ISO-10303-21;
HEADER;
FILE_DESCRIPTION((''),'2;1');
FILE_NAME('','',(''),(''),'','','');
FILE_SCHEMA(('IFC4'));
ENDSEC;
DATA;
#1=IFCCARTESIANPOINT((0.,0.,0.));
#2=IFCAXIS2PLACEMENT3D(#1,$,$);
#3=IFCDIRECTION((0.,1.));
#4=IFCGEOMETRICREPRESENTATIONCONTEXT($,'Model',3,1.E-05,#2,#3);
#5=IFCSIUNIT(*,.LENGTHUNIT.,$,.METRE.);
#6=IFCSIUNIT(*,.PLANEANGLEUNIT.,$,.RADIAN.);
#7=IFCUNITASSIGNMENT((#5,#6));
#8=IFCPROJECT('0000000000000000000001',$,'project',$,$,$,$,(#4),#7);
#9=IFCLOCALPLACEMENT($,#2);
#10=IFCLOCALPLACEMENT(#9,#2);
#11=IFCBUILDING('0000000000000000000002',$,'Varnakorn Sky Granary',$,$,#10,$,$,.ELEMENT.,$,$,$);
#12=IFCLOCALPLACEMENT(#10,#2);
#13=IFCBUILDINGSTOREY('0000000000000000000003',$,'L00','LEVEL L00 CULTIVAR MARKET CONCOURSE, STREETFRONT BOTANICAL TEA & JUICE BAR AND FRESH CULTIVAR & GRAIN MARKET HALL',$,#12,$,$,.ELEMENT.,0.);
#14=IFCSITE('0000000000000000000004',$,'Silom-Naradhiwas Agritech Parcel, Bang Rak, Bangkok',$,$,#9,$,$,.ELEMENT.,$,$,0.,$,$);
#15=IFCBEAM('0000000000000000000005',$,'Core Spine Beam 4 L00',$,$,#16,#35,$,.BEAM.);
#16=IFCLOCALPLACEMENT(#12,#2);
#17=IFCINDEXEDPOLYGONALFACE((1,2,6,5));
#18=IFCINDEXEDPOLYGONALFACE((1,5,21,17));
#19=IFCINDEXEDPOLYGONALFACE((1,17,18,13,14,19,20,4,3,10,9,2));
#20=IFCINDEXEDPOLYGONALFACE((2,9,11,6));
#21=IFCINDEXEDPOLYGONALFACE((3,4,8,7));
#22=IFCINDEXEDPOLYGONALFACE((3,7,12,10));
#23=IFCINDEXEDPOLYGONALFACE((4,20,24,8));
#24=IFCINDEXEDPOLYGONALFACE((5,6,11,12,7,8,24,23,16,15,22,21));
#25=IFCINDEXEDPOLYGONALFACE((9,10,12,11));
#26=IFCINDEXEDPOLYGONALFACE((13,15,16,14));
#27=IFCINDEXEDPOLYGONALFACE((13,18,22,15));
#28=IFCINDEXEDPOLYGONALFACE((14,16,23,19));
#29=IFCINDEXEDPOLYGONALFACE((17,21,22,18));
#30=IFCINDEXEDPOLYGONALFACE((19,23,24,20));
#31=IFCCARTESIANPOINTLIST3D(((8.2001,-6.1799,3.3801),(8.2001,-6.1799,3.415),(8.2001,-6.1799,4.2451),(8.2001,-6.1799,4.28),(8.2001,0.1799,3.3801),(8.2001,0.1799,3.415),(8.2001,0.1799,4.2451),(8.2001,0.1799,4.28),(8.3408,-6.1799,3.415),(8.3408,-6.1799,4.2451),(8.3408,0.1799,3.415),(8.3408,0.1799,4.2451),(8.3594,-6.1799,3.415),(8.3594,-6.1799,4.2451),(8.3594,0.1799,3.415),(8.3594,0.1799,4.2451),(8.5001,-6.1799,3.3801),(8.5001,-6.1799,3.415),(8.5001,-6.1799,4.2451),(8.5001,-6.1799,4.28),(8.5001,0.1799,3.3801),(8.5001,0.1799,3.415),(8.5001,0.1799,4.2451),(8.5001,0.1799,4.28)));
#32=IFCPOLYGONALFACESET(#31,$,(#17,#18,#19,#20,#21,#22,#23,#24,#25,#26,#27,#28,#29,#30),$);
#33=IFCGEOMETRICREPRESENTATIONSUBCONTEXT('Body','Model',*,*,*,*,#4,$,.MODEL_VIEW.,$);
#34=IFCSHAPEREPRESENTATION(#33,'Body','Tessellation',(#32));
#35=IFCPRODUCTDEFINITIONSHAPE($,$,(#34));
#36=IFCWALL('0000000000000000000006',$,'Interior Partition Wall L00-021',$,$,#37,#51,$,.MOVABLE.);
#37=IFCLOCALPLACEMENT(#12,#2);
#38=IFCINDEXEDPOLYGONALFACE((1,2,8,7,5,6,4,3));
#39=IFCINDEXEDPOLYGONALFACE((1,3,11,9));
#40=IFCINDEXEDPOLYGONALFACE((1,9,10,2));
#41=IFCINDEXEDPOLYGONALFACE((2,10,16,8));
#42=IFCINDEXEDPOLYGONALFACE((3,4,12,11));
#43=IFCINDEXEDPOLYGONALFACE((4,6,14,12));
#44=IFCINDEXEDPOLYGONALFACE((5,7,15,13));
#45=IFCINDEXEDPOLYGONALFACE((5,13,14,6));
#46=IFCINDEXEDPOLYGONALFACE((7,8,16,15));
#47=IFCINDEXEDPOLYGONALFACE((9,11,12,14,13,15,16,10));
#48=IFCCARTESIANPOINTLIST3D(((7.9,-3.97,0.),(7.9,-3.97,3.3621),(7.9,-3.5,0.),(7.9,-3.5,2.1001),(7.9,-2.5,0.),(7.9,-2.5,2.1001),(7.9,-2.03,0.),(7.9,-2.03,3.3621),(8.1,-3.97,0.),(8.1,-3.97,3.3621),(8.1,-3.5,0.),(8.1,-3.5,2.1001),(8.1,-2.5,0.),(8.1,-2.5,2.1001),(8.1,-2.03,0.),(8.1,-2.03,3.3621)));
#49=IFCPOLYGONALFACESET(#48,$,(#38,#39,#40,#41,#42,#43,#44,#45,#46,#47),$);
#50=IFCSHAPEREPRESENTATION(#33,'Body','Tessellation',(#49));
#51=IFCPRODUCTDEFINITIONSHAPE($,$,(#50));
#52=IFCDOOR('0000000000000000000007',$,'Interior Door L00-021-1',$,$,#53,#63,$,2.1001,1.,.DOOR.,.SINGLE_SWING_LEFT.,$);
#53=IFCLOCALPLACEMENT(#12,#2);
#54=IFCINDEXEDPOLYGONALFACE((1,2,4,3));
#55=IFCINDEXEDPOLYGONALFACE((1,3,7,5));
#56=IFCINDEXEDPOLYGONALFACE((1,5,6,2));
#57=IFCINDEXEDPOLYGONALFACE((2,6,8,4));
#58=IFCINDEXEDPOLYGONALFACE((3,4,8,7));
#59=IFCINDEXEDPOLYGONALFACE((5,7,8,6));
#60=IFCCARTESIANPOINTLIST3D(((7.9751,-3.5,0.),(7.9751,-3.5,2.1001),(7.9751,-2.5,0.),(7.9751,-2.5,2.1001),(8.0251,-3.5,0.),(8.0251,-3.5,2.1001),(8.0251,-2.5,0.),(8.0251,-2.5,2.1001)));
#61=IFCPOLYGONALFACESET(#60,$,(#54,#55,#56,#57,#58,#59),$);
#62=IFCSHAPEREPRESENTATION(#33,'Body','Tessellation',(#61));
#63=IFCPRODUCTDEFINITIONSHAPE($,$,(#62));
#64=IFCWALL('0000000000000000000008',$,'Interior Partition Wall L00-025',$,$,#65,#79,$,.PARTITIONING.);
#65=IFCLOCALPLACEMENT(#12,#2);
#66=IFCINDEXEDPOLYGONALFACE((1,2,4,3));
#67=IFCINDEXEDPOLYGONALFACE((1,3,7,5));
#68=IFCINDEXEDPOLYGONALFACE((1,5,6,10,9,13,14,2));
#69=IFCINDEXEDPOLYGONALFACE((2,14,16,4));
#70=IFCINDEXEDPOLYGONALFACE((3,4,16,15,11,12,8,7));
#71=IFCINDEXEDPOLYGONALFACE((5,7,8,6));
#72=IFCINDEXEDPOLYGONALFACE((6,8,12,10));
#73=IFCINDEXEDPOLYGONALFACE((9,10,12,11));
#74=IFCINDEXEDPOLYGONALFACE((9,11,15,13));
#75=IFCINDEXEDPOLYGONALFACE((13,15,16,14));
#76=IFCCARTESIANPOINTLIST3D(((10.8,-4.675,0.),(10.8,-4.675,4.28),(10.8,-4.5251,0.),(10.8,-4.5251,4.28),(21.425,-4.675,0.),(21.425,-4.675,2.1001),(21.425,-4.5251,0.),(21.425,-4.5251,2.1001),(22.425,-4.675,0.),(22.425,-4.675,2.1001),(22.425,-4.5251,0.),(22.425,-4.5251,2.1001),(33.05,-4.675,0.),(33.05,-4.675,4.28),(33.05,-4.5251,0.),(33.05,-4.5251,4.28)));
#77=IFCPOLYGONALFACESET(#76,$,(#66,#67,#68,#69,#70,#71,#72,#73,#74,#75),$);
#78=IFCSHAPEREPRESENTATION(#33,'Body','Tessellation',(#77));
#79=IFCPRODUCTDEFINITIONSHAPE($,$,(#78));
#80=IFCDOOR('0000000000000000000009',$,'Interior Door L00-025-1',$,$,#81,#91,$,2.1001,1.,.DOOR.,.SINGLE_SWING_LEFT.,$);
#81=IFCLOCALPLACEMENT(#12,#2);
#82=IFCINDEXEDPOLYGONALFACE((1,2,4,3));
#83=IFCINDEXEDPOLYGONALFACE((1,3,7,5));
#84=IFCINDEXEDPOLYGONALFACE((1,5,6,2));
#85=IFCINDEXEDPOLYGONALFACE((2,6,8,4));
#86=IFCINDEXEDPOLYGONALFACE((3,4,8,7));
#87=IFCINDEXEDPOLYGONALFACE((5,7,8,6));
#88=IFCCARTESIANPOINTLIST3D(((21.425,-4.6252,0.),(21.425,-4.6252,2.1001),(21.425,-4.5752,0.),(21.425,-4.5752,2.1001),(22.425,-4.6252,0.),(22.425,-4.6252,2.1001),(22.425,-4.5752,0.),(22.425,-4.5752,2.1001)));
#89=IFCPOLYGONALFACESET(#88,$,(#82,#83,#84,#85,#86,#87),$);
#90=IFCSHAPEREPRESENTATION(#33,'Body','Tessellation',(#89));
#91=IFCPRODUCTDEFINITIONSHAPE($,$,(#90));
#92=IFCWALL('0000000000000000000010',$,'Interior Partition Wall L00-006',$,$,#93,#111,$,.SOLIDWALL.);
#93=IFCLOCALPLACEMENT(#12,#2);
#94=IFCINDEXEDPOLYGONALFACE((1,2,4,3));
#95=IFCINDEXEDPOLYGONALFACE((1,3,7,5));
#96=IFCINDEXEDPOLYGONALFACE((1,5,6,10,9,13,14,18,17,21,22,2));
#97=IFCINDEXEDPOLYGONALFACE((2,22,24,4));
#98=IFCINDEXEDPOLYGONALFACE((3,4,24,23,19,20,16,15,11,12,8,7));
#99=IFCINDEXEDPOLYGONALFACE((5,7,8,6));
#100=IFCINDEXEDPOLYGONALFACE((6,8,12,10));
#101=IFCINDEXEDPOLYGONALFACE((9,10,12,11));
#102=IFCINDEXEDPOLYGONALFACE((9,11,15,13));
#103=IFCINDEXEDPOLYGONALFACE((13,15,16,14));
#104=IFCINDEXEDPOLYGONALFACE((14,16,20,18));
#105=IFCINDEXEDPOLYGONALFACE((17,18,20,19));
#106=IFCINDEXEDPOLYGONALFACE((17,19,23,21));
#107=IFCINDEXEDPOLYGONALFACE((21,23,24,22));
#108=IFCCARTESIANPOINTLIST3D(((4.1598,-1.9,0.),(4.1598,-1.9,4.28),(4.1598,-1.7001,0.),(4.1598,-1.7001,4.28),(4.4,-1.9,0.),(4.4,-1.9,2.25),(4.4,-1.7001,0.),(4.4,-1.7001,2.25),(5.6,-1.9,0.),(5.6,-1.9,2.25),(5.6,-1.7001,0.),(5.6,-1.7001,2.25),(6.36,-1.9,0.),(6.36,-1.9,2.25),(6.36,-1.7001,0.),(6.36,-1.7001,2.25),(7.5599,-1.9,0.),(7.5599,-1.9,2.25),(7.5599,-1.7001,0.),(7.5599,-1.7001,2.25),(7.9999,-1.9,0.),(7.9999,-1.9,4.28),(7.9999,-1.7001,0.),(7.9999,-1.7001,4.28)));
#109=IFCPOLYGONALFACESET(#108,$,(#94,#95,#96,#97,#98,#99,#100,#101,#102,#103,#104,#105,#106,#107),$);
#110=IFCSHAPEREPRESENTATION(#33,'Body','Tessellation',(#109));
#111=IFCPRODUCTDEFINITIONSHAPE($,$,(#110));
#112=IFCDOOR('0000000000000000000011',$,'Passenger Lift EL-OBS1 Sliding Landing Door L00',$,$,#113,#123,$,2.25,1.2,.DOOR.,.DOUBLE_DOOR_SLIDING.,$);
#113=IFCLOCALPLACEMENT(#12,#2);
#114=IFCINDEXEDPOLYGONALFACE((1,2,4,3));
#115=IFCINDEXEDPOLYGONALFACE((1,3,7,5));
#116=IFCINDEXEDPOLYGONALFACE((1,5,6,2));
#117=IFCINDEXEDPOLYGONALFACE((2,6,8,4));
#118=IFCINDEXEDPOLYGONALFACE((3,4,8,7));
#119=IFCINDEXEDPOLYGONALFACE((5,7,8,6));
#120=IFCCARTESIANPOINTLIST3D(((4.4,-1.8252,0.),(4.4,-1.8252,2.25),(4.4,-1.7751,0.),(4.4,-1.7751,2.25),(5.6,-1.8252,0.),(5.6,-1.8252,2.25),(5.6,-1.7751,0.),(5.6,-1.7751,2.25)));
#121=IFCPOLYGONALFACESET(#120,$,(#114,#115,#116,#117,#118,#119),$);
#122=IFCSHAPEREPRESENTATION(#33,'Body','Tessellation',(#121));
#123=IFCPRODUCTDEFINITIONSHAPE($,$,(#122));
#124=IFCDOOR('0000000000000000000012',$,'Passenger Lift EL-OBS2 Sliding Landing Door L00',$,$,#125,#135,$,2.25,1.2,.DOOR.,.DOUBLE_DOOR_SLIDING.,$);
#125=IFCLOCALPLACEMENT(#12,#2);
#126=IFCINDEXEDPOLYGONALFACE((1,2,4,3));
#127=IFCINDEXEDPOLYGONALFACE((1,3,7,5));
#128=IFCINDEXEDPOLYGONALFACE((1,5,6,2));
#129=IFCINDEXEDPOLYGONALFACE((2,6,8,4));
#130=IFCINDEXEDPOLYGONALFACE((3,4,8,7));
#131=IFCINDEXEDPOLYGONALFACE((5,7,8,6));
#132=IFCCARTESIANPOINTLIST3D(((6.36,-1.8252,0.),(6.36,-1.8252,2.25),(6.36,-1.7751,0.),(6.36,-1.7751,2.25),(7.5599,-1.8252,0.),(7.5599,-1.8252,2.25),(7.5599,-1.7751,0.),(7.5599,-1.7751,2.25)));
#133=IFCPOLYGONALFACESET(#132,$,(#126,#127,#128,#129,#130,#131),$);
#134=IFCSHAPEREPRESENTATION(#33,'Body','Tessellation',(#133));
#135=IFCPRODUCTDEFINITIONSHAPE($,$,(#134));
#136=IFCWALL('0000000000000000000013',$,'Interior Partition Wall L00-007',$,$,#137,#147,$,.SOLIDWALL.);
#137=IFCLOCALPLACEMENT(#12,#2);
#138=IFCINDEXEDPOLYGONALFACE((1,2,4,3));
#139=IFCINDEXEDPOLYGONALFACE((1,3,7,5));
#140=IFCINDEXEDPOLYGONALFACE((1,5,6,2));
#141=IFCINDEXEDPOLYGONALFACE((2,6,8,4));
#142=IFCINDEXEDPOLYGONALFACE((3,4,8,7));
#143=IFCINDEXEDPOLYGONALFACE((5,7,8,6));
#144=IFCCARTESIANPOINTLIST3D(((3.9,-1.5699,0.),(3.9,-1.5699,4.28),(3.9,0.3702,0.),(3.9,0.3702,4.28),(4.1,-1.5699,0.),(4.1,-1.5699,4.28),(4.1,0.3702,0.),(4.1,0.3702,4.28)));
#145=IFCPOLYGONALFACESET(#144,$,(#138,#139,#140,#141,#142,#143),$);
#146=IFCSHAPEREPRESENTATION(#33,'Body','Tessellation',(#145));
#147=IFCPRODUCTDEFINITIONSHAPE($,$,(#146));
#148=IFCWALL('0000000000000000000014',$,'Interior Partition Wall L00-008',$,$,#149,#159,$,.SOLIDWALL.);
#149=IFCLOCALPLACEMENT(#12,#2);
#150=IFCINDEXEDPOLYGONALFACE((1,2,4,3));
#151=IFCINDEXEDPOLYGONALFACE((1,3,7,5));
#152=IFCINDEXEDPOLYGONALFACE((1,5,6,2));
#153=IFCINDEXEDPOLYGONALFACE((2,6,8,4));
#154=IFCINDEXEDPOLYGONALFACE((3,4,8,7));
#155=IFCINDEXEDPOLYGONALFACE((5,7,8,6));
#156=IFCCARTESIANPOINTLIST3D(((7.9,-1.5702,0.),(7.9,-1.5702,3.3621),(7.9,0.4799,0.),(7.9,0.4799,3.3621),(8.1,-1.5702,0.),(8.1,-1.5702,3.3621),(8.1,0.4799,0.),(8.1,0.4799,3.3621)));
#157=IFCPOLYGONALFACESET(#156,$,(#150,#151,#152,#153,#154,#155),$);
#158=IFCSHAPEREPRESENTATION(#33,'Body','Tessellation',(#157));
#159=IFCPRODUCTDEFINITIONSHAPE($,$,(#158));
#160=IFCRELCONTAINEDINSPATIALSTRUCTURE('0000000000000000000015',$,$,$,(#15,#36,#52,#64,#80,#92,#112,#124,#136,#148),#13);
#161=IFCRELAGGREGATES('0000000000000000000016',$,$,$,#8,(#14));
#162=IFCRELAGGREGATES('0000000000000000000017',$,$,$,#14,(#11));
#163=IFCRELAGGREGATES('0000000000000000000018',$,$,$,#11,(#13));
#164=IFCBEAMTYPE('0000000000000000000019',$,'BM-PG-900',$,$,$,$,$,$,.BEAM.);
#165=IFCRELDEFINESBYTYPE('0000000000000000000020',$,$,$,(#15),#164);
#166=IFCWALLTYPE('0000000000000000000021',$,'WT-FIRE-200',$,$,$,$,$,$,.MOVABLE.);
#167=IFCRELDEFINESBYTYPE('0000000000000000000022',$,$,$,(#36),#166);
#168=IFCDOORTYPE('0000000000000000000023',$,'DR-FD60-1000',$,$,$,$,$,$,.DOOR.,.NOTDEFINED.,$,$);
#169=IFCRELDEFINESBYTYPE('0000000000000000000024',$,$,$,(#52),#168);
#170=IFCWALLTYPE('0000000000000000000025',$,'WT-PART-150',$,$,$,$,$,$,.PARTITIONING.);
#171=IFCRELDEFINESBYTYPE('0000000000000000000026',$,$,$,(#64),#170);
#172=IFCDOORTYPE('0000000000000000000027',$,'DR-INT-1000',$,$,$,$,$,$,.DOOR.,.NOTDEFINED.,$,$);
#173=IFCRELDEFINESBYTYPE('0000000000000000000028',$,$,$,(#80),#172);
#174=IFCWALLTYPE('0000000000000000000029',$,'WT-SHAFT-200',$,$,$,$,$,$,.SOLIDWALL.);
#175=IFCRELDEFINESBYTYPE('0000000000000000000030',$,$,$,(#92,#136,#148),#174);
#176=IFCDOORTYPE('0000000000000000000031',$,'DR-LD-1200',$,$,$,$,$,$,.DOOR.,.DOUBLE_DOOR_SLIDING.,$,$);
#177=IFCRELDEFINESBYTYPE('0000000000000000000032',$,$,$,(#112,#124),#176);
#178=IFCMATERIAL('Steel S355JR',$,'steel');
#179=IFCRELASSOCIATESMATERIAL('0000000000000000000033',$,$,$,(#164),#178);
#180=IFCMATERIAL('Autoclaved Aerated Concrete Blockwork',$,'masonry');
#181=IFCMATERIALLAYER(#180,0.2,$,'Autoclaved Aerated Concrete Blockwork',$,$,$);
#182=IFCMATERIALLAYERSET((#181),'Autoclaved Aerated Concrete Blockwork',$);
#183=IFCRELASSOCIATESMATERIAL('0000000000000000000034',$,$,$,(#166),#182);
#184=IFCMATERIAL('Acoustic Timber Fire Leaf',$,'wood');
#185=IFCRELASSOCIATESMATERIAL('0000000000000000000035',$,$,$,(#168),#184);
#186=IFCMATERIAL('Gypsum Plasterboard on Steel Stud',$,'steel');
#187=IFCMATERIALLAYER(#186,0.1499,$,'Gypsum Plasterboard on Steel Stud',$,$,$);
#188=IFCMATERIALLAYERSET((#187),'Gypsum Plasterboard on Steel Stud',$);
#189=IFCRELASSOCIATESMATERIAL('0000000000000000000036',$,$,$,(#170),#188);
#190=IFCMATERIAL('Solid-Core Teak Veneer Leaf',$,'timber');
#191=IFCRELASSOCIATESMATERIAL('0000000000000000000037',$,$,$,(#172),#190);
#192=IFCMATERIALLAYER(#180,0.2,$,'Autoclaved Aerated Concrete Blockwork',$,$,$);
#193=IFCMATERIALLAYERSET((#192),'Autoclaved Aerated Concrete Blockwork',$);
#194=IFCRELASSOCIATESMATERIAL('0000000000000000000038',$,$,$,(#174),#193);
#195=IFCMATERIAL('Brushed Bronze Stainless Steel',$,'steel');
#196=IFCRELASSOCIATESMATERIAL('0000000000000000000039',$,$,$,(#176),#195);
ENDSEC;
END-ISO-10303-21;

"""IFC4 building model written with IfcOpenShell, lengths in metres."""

from ifc_helpers import new_model, si_unit, direction, frame, frame_2d, origin, origin_2d, place, context, subcontext, project, spatial, rectangle, i_section, extrude, material, layer, layer_set, material_profile, profile_set, type_object, element, fill, save


model = new_model("IFC4")

# Units and contexts
model_context = context("Model", 3, precision=1e-05, world=origin(), true_north=direction((0.0, 1.0)))
body_context = subcontext(model_context, "Body", "Model", "MODEL_VIEW")
ifc_project = project(units=[si_unit("LENGTHUNIT", "METRE"), si_unit("PLANEANGLEUNIT", "RADIAN")], contexts=[model_context])

# Site, building, storey
site_placement = place(None, origin())
site = spatial("IfcSite", under=ifc_project, at=site_placement, Name="Silom-Naradhiwas Agritech Parcel, Bang Rak, Bangkok", CompositionType="ELEMENT", RefElevation=0.0)
building_placement = place(site_placement, origin())
building = spatial("IfcBuilding", under=site, at=building_placement, Name="Varnakorn Sky Granary", CompositionType="ELEMENT")
storey_placement = place(building_placement, origin())
storey = spatial("IfcBuildingStorey", under=building, at=storey_placement, Name="L00", Description="LEVEL L00 CULTIVAR MARKET CONCOURSE, STREETFRONT BOTANICAL TEA & JUICE BAR AND FRESH CULTIVAR & GRAIN MARKET HALL", CompositionType="ELEMENT", Elevation=0.0)

# Beam
ifc_material_1 = material(Name="Steel S355JR", Category="steel")
ifc_material_profile = material_profile(ifc_material_1, i_section(OverallWidth=0.3, OverallDepth=0.8999, WebThickness=0.0186, FlangeThickness=0.0349, at=origin_2d()), Name="HE 900 B")
ifc_profile_set = profile_set([ifc_material_profile], Name="Steel S355JR")
beam_type = type_object("IfcBeamType", Name="BM-PG-900", PredefinedType="BEAM", material=ifc_profile_set)
beam_placement = place(storey_placement, frame((8.3501, 0.1799, 3.8301), z_axis=(0.0, -1.0, 0.0), x_axis=(1.0, 0.0, 0.0)))
element("IfcBeam", 1, at=beam_placement, inside=storey, type_object=beam_type, Name="Core Spine Beam 4 L00", PredefinedType="BEAM", context=body_context, shape_type="SweptSolid", body=[
    extrude(i_section(OverallWidth=0.3, OverallDepth=0.8999, WebThickness=0.0186, FlangeThickness=0.0349, at=origin_2d()), origin(), (0.0, 0.0, 1.0), 6.3599),
])

# Walls, openings, doors
ifc_material_2 = material(Name="Autoclaved Aerated Concrete Blockwork", Category="masonry")
ifc_layer_1 = layer(ifc_material_2, 0.2, Name="Autoclaved Aerated Concrete Blockwork")
ifc_layer_set_1 = layer_set([ifc_layer_1], Name="Autoclaved Aerated Concrete Blockwork")
wall_type_1 = type_object("IfcWallType", Name="WT-FIRE-200", PredefinedType="MOVABLE", material=ifc_layer_set_1)
wall_1_placement = place(storey_placement, frame((8.0, -3.97, 0.0), z_axis=(0.0, 0.0, 1.0), x_axis=(0.0, 1.0, 0.0)))
wall_1 = element("IfcWall", 2, at=wall_1_placement, inside=storey, type_object=wall_type_1, Name="Interior Partition Wall L00-021", PredefinedType="MOVABLE", context=body_context, shape_type="SweptSolid", body=[
    extrude(rectangle(XDim=1.9399, YDim=0.2, at=frame_2d((0.97, 0.0))), origin(), (0.0, 0.0, 1.0), 3.3621),
])
opening_1_placement = place(wall_1_placement, frame((0.47, 0.0, 0.0)))
opening_1 = element("IfcOpeningElement", 3, at=opening_1_placement, cuts=wall_1, PredefinedType="OPENING", context=body_context, shape_type="SweptSolid", body=[
    extrude(rectangle(XDim=1.0, YDim=2.1001, at=frame_2d((0.5, 1.05))), frame((0.0, 0.1099, 0.0), z_axis=(0.0, -1.0, 0.0), x_axis=(1.0, 0.0, 0.0)), (0.0, 0.0, 1.0), 0.22),
])
ifc_material_3 = material(Name="Acoustic Timber Fire Leaf", Category="wood")
door_type_1 = type_object("IfcDoorType", Name="DR-FD60-1000", OperationType="NOTDEFINED", PredefinedType="DOOR", material=ifc_material_3)
door_1_placement = place(opening_1_placement, origin())
door_1 = element("IfcDoor", 4, at=door_1_placement, inside=storey, type_object=door_type_1, Name="Interior Door L00-021-1", OperationType="SINGLE_SWING_LEFT", OverallHeight=2.1001, OverallWidth=1.0, PredefinedType="DOOR", context=body_context, shape_type="SweptSolid", body=[
    extrude(rectangle(XDim=1.0, YDim=2.1001, at=frame_2d((0.5, 1.05))), frame((0.0, 0.0249, 0.0), z_axis=(0.0, -1.0, 0.0), x_axis=(1.0, 0.0, 0.0)), (0.0, 0.0, 1.0), 0.05),
])
fill(opening_1, door_1)
ifc_material_4 = material(Name="Gypsum Plasterboard on Steel Stud", Category="steel")
ifc_layer_2 = layer(ifc_material_4, 0.1499, Name="Gypsum Plasterboard on Steel Stud")
ifc_layer_set_2 = layer_set([ifc_layer_2], Name="Gypsum Plasterboard on Steel Stud")
wall_type_2 = type_object("IfcWallType", Name="WT-PART-150", PredefinedType="PARTITIONING", material=ifc_layer_set_2)
wall_2_placement = place(storey_placement, frame((10.8, -4.6001, 0.0), z_axis=(0.0, 0.0, 1.0), x_axis=(1.0, 0.0, 0.0)))
wall_2 = element("IfcWall", 5, at=wall_2_placement, inside=storey, type_object=wall_type_2, Name="Interior Partition Wall L00-025", PredefinedType="PARTITIONING", context=body_context, shape_type="SweptSolid", body=[
    extrude(rectangle(XDim=22.25, YDim=0.1499, at=frame_2d((11.125, 0.0))), origin(), (0.0, 0.0, 1.0), 4.28),
])
opening_2_placement = place(wall_2_placement, frame((10.625, 0.0, 0.0)))
opening_2 = element("IfcOpeningElement", 6, at=opening_2_placement, cuts=wall_2, PredefinedType="OPENING", context=body_context, shape_type="SweptSolid", body=[
    extrude(rectangle(XDim=1.0, YDim=2.1001, at=frame_2d((0.5, 1.05))), frame((0.0, 0.085, 0.0), z_axis=(0.0, -1.0, 0.0), x_axis=(1.0, 0.0, 0.0)), (0.0, 0.0, 1.0), 0.1699),
])
ifc_material_5 = material(Name="Solid-Core Teak Veneer Leaf", Category="timber")
door_type_2 = type_object("IfcDoorType", Name="DR-INT-1000", OperationType="NOTDEFINED", PredefinedType="DOOR", material=ifc_material_5)
door_2_placement = place(opening_2_placement, origin())
door_2 = element("IfcDoor", 7, at=door_2_placement, inside=storey, type_object=door_type_2, Name="Interior Door L00-025-1", OperationType="SINGLE_SWING_LEFT", OverallHeight=2.1001, OverallWidth=1.0, PredefinedType="DOOR", context=body_context, shape_type="SweptSolid", body=[
    extrude(rectangle(XDim=1.0, YDim=2.1001, at=frame_2d((0.5, 1.05))), frame((0.0, 0.0249, 0.0), z_axis=(0.0, -1.0, 0.0), x_axis=(1.0, 0.0, 0.0)), (0.0, 0.0, 1.0), 0.05),
])
fill(opening_2, door_2)

# Wall, openings, doors
ifc_layer_3 = layer(ifc_material_2, 0.2, Name="Autoclaved Aerated Concrete Blockwork")
ifc_layer_set_3 = layer_set([ifc_layer_3], Name="Autoclaved Aerated Concrete Blockwork")
wall_type_3 = type_object("IfcWallType", Name="WT-SHAFT-200", PredefinedType="SOLIDWALL", material=ifc_layer_set_3)
wall_3_placement = place(storey_placement, frame((4.1599, -1.8, 0.0), z_axis=(0.0, 0.0, 1.0), x_axis=(1.0, 0.0, 0.0)))
wall_3 = element("IfcWall", 8, at=wall_3_placement, inside=storey, type_object=wall_type_3, Name="Interior Partition Wall L00-006", PredefinedType="SOLIDWALL", context=body_context, shape_type="SweptSolid", body=[
    extrude(rectangle(XDim=3.8401, YDim=0.2, at=frame_2d((1.9199, 0.0))), origin(), (0.0, 0.0, 1.0), 4.28),
])
opening_3_placement = place(wall_3_placement, frame((0.24, 0.0, 0.0)))
opening_3 = element("IfcOpeningElement", 9, at=opening_3_placement, cuts=wall_3, PredefinedType="OPENING", context=body_context, shape_type="SweptSolid", body=[
    extrude(rectangle(XDim=1.2, YDim=2.25, at=frame_2d((0.6001, 1.125))), frame((0.0, 0.1099, 0.0), z_axis=(0.0, -1.0, 0.0), x_axis=(1.0, 0.0, 0.0)), (0.0, 0.0, 1.0), 0.22),
])
opening_4_placement = place(wall_3_placement, frame((2.2, 0.0, 0.0)))
opening_4 = element("IfcOpeningElement", 10, at=opening_4_placement, cuts=wall_3, PredefinedType="OPENING", context=body_context, shape_type="SweptSolid", body=[
    extrude(rectangle(XDim=1.2, YDim=2.25, at=frame_2d((0.6001, 1.125))), frame((0.0, 0.1099, 0.0), z_axis=(0.0, -1.0, 0.0), x_axis=(1.0, 0.0, 0.0)), (0.0, 0.0, 1.0), 0.22),
])
ifc_material_6 = material(Name="Brushed Bronze Stainless Steel", Category="steel")
door_type_3 = type_object("IfcDoorType", Name="DR-LD-1200", OperationType="DOUBLE_DOOR_SLIDING", PredefinedType="DOOR", material=ifc_material_6)
door_3_placement = place(opening_3_placement, origin())
door_3 = element("IfcDoor", 11, at=door_3_placement, inside=storey, type_object=door_type_3, Name="Passenger Lift EL-OBS1 Sliding Landing Door L00", OperationType="DOUBLE_DOOR_SLIDING", OverallHeight=2.25, OverallWidth=1.2, PredefinedType="DOOR", context=body_context, shape_type="SweptSolid", body=[
    extrude(rectangle(XDim=1.2, YDim=2.25, at=frame_2d((0.6001, 1.125))), frame((0.0, 0.0249, 0.0), z_axis=(0.0, -1.0, 0.0), x_axis=(1.0, 0.0, 0.0)), (0.0, 0.0, 1.0), 0.05),
])
fill(opening_3, door_3)
door_4_placement = place(opening_4_placement, origin())
door_4 = element("IfcDoor", 12, at=door_4_placement, inside=storey, type_object=door_type_3, Name="Passenger Lift EL-OBS2 Sliding Landing Door L00", OperationType="DOUBLE_DOOR_SLIDING", OverallHeight=2.25, OverallWidth=1.2, PredefinedType="DOOR", context=body_context, shape_type="SweptSolid", body=[
    extrude(rectangle(XDim=1.2, YDim=2.25, at=frame_2d((0.6001, 1.125))), frame((0.0, 0.0249, 0.0), z_axis=(0.0, -1.0, 0.0), x_axis=(1.0, 0.0, 0.0)), (0.0, 0.0, 1.0), 0.05),
])
fill(opening_4, door_4)

# Walls
wall_4_placement = place(storey_placement, frame((4.0, -1.5701, 0.0), z_axis=(0.0, 0.0, 1.0), x_axis=(0.0, 1.0, 0.0)))
element("IfcWall", 13, at=wall_4_placement, inside=storey, type_object=wall_type_3, Name="Interior Partition Wall L00-007", PredefinedType="SOLIDWALL", context=body_context, shape_type="SweptSolid", body=[
    extrude(rectangle(XDim=1.9402, YDim=0.2, at=frame_2d((0.9702, 0.0))), origin(), (0.0, 0.0, 1.0), 4.28),
])
wall_5_placement = place(storey_placement, frame((8.0, -1.5701, 0.0), z_axis=(0.0, 0.0, 1.0), x_axis=(0.0, 1.0, 0.0)))
element("IfcWall", 14, at=wall_5_placement, inside=storey, type_object=wall_type_3, Name="Interior Partition Wall L00-008", PredefinedType="SOLIDWALL", context=body_context, shape_type="SweptSolid", body=[
    extrude(rectangle(XDim=2.05, YDim=0.2, at=frame_2d((1.0249, 0.0))), origin(), (0.0, 0.0, 1.0), 3.3621),
])

save(model, "model.ifc")
